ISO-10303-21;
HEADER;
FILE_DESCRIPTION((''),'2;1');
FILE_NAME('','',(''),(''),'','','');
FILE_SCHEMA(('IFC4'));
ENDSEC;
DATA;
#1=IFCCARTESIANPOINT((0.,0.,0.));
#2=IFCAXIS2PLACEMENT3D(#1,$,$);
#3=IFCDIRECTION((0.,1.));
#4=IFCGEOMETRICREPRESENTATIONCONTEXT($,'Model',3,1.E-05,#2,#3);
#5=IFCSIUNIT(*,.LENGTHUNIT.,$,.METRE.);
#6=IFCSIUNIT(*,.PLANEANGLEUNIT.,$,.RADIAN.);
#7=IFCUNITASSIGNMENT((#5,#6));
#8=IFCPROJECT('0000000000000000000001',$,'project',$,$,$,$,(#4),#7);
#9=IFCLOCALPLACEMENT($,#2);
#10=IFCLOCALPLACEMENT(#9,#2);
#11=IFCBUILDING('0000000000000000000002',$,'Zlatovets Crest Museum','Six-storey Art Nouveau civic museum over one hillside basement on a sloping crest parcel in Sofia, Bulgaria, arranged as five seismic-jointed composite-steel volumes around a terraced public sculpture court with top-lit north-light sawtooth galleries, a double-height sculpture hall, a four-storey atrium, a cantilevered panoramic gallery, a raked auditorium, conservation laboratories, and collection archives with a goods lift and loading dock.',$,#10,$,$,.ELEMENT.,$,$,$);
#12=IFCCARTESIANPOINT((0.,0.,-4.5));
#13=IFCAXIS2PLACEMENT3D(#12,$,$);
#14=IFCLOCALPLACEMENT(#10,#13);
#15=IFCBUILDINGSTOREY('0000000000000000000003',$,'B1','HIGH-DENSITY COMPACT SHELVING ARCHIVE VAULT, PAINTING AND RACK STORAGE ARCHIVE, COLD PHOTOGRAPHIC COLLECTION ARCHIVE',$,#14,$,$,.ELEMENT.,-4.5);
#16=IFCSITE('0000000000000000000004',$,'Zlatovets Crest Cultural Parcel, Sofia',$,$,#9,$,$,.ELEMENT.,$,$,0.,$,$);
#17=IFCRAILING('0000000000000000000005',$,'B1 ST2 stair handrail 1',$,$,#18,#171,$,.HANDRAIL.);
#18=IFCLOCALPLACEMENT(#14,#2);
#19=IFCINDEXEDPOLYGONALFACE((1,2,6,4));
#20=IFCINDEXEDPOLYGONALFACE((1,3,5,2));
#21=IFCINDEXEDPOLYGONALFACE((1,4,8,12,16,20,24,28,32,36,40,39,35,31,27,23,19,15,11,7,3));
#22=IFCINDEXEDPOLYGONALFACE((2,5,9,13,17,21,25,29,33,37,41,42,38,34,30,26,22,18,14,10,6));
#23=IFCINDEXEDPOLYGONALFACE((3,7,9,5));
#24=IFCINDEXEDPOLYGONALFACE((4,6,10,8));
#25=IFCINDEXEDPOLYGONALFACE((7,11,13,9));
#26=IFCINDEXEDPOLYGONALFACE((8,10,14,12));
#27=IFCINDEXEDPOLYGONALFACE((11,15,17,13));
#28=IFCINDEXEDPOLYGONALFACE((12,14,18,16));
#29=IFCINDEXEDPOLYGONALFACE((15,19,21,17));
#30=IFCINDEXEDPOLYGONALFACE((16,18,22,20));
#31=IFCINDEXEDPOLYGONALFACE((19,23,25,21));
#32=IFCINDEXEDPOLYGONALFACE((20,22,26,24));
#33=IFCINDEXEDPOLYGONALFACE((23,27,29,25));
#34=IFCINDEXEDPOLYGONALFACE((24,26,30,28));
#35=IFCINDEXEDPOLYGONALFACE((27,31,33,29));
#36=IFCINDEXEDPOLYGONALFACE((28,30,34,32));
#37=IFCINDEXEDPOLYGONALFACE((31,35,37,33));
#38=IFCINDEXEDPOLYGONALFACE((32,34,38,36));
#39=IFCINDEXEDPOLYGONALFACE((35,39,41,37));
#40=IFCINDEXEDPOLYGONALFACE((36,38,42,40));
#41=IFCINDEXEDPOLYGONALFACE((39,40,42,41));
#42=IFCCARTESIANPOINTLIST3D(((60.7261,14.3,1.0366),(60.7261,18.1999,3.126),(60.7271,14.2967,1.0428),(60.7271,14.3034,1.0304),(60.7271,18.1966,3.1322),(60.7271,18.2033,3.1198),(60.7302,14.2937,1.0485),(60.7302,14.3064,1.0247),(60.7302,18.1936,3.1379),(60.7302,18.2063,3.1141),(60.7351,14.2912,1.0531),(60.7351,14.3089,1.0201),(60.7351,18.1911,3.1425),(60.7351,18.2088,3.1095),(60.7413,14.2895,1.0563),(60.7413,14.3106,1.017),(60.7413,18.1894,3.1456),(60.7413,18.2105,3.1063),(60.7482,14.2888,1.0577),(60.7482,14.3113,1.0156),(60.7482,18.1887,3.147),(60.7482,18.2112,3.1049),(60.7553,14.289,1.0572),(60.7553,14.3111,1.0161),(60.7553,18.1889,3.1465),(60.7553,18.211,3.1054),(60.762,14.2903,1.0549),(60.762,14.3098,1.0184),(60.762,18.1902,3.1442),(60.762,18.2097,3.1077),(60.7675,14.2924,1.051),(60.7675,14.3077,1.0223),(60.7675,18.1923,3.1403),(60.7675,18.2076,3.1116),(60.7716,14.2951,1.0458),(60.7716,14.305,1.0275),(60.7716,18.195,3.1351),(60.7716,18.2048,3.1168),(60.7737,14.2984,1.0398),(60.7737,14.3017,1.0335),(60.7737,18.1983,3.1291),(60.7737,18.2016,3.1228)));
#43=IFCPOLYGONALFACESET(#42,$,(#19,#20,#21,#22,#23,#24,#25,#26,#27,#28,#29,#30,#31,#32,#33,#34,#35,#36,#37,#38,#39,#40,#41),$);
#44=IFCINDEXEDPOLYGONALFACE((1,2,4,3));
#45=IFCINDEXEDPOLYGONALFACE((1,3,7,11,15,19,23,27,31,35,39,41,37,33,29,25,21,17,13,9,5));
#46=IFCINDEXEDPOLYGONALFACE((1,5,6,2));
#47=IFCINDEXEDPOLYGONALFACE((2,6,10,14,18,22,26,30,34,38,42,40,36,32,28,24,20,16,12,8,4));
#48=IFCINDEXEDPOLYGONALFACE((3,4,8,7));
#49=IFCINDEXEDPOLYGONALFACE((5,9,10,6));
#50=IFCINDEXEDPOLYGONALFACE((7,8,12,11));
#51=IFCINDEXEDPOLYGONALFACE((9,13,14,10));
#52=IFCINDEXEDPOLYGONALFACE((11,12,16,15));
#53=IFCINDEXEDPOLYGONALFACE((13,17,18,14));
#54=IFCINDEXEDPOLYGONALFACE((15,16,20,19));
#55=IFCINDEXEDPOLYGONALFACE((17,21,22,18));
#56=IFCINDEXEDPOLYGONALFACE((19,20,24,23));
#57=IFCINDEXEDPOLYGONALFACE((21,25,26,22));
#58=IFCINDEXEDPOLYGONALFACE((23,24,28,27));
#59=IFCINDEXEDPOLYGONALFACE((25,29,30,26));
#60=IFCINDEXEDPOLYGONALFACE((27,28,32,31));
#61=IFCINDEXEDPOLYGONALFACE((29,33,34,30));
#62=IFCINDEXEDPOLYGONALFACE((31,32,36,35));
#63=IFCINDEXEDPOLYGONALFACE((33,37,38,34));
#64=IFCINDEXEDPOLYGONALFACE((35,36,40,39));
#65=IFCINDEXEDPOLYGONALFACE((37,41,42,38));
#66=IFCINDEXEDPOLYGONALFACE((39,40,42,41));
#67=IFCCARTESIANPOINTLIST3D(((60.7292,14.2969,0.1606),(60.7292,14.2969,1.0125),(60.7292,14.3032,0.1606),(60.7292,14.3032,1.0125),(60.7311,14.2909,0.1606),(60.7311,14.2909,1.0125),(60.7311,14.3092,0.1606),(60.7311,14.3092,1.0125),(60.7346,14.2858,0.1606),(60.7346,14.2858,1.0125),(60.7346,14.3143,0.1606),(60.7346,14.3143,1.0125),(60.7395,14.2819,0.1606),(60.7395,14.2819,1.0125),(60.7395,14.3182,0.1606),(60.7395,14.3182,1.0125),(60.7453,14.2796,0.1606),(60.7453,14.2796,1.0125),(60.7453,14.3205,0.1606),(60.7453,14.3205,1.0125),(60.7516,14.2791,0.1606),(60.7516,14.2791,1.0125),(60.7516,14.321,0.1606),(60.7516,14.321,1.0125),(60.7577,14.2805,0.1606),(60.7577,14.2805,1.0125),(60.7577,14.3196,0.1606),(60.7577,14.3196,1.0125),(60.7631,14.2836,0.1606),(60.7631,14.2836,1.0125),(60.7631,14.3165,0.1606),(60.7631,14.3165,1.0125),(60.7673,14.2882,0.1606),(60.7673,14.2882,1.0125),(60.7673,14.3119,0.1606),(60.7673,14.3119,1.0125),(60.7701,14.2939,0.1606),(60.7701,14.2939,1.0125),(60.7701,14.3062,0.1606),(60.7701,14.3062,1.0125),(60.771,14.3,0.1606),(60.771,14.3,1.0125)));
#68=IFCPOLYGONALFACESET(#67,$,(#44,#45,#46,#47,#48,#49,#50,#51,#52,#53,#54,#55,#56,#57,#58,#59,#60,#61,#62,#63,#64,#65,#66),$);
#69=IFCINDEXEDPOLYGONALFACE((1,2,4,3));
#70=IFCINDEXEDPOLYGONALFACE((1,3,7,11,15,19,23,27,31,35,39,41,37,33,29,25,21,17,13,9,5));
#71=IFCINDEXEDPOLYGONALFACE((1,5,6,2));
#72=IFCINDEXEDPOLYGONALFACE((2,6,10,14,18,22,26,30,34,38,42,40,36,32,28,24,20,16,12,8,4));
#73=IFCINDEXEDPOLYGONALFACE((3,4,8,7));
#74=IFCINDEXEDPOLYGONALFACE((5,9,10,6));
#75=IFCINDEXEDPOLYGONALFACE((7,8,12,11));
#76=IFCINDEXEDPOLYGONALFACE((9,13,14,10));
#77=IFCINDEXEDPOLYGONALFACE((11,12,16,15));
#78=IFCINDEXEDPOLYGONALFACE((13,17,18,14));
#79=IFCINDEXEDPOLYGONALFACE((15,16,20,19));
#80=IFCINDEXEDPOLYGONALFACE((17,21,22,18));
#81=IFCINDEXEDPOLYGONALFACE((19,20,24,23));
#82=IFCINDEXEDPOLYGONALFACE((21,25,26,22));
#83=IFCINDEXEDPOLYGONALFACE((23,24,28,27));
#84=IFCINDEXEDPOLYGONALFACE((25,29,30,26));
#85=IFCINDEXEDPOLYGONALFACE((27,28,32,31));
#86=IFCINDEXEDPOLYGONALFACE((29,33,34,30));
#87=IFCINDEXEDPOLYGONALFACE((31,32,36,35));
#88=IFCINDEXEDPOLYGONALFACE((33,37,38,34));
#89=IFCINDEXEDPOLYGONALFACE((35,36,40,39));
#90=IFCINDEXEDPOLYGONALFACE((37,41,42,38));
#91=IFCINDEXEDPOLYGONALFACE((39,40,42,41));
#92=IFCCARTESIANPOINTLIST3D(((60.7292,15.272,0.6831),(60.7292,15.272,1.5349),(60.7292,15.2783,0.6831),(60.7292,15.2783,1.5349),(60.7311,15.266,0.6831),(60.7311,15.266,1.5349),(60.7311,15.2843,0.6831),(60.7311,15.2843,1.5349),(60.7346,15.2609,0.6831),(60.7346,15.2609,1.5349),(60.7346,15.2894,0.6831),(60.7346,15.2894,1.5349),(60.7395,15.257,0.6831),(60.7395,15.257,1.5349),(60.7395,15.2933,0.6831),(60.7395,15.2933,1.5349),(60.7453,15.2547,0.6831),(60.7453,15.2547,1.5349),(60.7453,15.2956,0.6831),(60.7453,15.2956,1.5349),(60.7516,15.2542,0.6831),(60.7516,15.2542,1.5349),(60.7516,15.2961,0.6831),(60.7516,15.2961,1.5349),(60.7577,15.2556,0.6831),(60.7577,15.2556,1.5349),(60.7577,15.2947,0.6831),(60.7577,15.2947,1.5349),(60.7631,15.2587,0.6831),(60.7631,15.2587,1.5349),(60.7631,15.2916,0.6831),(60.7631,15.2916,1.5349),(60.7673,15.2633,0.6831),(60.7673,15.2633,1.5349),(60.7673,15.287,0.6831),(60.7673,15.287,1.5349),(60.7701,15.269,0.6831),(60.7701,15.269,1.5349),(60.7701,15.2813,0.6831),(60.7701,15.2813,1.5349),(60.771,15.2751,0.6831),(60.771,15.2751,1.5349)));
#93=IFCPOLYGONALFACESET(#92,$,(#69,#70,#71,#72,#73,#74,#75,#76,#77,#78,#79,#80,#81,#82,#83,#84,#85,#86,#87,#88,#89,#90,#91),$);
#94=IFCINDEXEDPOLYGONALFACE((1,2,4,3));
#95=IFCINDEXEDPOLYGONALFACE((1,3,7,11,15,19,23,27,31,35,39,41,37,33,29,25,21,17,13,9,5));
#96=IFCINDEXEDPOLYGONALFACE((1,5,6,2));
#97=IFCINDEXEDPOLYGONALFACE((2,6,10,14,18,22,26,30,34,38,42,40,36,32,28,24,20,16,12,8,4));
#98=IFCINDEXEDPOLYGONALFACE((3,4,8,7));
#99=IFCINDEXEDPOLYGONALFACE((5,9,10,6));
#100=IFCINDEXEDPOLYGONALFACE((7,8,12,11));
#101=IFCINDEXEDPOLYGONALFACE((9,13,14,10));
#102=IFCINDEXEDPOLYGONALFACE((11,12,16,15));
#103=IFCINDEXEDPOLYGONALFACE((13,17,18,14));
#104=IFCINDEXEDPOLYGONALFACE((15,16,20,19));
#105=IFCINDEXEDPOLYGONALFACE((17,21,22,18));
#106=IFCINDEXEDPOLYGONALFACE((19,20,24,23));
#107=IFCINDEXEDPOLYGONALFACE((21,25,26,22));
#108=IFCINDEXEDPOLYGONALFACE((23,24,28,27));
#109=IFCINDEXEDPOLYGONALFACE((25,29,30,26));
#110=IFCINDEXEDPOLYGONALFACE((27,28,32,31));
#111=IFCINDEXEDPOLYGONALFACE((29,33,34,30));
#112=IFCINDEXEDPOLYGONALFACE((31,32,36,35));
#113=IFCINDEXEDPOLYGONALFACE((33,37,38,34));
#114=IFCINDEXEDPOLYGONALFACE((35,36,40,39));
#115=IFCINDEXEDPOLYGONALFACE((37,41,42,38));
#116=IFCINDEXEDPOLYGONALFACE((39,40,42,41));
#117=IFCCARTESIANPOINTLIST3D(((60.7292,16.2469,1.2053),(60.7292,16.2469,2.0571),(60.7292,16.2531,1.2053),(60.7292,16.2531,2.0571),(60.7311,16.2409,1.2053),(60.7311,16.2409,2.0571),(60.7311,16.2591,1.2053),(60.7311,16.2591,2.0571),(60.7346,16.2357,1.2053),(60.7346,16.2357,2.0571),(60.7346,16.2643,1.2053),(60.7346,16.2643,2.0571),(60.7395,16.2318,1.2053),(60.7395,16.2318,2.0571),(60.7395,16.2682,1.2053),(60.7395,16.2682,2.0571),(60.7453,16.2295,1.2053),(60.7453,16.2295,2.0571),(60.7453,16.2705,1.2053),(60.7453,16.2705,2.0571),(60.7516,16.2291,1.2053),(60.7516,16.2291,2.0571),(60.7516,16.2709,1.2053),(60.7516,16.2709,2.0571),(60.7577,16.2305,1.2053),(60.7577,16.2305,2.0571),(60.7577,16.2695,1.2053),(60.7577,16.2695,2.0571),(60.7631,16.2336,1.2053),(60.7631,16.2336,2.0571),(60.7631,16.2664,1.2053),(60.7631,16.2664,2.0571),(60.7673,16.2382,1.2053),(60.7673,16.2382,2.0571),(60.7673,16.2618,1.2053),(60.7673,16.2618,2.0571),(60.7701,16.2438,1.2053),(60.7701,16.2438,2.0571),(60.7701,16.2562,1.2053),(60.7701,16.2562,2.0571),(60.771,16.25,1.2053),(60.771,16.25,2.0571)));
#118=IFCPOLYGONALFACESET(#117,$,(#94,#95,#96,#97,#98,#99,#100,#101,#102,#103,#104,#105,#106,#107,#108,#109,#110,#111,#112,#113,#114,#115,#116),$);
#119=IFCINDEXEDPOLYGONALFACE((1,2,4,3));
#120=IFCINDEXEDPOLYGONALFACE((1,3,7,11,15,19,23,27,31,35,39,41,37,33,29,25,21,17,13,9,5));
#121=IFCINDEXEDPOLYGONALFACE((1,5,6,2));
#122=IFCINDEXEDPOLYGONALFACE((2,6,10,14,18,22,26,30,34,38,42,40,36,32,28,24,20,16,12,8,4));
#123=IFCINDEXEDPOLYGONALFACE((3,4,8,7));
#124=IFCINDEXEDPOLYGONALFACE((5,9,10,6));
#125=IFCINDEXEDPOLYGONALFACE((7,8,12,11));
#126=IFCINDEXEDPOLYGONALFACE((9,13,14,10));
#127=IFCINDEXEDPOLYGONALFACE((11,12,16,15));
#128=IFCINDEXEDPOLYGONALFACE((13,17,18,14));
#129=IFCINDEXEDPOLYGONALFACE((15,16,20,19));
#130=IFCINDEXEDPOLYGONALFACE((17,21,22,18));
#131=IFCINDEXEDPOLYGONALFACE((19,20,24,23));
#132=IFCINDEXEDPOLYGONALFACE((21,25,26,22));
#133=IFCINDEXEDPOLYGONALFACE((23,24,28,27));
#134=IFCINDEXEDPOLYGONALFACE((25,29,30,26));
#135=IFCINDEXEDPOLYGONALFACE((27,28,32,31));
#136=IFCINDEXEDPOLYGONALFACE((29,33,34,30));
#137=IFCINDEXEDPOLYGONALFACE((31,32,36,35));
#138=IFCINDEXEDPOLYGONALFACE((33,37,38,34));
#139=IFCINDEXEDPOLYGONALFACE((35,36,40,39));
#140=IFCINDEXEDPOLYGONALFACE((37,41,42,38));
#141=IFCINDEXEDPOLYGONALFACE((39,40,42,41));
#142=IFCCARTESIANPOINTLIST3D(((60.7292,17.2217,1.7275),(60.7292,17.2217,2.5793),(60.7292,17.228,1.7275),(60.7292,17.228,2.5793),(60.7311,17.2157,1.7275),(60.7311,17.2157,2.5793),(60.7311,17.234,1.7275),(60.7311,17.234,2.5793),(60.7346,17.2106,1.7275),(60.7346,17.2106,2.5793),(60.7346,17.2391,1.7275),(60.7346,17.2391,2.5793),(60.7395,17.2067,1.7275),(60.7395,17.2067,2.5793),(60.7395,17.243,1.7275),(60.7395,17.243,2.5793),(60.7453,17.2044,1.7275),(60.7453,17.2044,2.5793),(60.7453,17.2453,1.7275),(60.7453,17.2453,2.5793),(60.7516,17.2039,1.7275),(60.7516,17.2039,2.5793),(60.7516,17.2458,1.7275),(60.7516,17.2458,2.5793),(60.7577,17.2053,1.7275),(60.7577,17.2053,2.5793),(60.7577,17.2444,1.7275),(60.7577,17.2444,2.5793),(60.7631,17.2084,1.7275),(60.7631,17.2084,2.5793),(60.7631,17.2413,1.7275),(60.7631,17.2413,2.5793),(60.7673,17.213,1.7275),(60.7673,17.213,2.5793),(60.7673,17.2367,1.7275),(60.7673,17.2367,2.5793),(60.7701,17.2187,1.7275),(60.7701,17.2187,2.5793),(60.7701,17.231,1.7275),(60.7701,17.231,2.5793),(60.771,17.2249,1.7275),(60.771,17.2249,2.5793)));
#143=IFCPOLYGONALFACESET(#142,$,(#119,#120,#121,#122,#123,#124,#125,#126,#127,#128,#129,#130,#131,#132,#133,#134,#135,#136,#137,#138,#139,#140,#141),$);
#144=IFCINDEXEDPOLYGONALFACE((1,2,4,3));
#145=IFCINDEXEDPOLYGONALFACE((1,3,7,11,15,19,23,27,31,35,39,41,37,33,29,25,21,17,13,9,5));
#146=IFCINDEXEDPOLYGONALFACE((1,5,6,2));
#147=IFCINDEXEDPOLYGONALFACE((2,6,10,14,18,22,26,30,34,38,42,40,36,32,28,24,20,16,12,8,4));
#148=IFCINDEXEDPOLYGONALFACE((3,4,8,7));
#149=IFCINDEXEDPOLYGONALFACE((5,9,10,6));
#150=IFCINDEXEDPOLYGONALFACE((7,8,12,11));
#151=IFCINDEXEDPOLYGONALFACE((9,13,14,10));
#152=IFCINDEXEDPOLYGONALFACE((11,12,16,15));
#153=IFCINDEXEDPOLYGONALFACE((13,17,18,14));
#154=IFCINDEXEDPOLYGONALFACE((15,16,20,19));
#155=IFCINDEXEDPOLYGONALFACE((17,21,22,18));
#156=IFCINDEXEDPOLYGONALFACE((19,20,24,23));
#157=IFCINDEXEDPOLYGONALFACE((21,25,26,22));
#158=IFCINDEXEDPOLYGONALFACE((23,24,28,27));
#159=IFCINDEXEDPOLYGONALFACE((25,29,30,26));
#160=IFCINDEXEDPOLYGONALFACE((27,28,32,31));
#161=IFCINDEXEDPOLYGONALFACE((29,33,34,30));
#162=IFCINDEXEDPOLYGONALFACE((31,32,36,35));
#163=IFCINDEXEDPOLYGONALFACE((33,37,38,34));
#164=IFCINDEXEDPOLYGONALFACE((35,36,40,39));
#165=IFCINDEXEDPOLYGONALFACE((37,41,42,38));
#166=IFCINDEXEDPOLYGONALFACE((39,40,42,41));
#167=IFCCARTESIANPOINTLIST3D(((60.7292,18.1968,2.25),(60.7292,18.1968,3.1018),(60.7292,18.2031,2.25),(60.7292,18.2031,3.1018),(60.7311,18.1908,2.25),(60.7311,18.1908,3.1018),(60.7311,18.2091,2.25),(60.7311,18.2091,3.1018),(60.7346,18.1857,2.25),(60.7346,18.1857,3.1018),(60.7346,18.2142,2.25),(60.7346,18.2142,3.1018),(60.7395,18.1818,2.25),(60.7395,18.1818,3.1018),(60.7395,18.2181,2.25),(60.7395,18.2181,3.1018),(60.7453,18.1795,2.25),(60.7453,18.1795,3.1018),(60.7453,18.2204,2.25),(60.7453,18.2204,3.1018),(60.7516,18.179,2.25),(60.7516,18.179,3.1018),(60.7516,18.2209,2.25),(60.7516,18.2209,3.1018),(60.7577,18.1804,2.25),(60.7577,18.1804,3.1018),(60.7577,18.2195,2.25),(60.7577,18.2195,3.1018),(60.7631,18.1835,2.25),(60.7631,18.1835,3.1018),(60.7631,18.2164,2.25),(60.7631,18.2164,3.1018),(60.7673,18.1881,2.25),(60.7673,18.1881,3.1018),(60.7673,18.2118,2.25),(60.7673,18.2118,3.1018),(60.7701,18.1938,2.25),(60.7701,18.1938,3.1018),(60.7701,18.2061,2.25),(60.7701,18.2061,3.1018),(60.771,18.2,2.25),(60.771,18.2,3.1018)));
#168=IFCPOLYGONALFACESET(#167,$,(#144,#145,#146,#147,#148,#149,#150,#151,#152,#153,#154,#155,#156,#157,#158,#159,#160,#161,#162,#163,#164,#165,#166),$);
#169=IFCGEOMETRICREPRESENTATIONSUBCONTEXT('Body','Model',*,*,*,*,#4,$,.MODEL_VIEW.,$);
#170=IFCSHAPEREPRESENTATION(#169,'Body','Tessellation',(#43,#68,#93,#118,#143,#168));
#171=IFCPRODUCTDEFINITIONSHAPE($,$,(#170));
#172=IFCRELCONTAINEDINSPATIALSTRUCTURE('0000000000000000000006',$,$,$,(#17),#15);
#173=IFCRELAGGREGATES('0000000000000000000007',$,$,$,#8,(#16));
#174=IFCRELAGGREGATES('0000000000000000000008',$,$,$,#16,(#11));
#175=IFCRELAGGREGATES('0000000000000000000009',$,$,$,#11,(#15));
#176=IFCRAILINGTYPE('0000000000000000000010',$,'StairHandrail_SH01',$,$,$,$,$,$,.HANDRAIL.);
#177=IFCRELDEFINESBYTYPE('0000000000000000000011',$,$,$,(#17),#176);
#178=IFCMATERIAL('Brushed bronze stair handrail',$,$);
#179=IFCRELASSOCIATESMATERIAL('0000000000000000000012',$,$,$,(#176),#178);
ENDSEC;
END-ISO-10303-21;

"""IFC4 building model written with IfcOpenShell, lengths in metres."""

from ifc_helpers import new_model, si_unit, direction, frame, origin, origin_2d, place, context, subcontext, project, spatial, circle, extrude, material, type_object, element, save


model = new_model("IFC4")

# Units and contexts
model_context = context("Model", 3, precision=1e-05, world=origin(), true_north=direction((0.0, 1.0)))
body_context = subcontext(model_context, "Body", "Model", "MODEL_VIEW")
ifc_project = project(units=[si_unit("LENGTHUNIT", "METRE"), si_unit("PLANEANGLEUNIT", "RADIAN")], contexts=[model_context])

# Site, building, storey
site_placement = place(None, origin())
site = spatial("IfcSite", under=ifc_project, at=site_placement, Name="Zlatovets Crest Cultural Parcel, Sofia", CompositionType="ELEMENT", RefElevation=0.0)
building_placement = place(site_placement, origin())
building = spatial("IfcBuilding", under=site, at=building_placement, Name="Zlatovets Crest Museum", Description="Six-storey Art Nouveau civic museum over one hillside basement on a sloping crest parcel in Sofia, Bulgaria, arranged as five seismic-jointed composite-steel volumes around a terraced public sculpture court with top-lit north-light sawtooth galleries, a double-height sculpture hall, a four-storey atrium, a cantilevered panoramic gallery, a raked auditorium, conservation laboratories, and collection archives with a goods lift and loading dock.", CompositionType="ELEMENT")
storey_placement = place(building_placement, frame((0.0, 0.0, -4.5)))
storey = spatial("IfcBuildingStorey", under=building, at=storey_placement, Name="B1", Description="HIGH-DENSITY COMPACT SHELVING ARCHIVE VAULT, PAINTING AND RACK STORAGE ARCHIVE, COLD PHOTOGRAPHIC COLLECTION ARCHIVE", CompositionType="ELEMENT", Elevation=-4.5)

# Railing
ifc_material_1 = material(Name="Brushed bronze stair handrail")
railing_type_1 = type_object("IfcRailingType", Name="StairHandrail_SH01", PredefinedType="HANDRAIL", material=ifc_material_1)
railing_1_placement = place(storey_placement, frame((60.75, 14.3, 0.1606)))
element("IfcRailing", 1, at=railing_1_placement, inside=storey, type_object=railing_type_1, Name="B1 ST2 stair handrail 1", PredefinedType="HANDRAIL", context=body_context, shape_type="SweptSolid", body=[
    extrude(circle(Radius=0.0239, at=origin_2d()), frame((0.0, 0.0, 0.876), z_axis=(0.0, 0.881468, 0.472243), x_axis=(-1.0, 0.0, 0.0)), (0.0, 0.0, 1.0), 4.4243),
    extrude(circle(Radius=0.021, at=origin_2d()), origin(), (0.0, 0.0, 1.0), 0.8518),
    extrude(circle(Radius=0.021, at=origin_2d()), frame((0.0, 0.9751, 0.5225)), (0.0, 0.0, 1.0), 0.8518),
    extrude(circle(Radius=0.021, at=origin_2d()), frame((0.0, 1.95, 1.0447)), (0.0, 0.0, 1.0), 0.8518),
    extrude(circle(Radius=0.021, at=origin_2d()), frame((0.0, 2.9248, 1.5669)), (0.0, 0.0, 1.0), 0.8518),
    extrude(circle(Radius=0.021, at=origin_2d()), frame((0.0, 3.8999, 2.0894)), (0.0, 0.0, 1.0), 0.8518),
])

save(model, "model.ifc")
